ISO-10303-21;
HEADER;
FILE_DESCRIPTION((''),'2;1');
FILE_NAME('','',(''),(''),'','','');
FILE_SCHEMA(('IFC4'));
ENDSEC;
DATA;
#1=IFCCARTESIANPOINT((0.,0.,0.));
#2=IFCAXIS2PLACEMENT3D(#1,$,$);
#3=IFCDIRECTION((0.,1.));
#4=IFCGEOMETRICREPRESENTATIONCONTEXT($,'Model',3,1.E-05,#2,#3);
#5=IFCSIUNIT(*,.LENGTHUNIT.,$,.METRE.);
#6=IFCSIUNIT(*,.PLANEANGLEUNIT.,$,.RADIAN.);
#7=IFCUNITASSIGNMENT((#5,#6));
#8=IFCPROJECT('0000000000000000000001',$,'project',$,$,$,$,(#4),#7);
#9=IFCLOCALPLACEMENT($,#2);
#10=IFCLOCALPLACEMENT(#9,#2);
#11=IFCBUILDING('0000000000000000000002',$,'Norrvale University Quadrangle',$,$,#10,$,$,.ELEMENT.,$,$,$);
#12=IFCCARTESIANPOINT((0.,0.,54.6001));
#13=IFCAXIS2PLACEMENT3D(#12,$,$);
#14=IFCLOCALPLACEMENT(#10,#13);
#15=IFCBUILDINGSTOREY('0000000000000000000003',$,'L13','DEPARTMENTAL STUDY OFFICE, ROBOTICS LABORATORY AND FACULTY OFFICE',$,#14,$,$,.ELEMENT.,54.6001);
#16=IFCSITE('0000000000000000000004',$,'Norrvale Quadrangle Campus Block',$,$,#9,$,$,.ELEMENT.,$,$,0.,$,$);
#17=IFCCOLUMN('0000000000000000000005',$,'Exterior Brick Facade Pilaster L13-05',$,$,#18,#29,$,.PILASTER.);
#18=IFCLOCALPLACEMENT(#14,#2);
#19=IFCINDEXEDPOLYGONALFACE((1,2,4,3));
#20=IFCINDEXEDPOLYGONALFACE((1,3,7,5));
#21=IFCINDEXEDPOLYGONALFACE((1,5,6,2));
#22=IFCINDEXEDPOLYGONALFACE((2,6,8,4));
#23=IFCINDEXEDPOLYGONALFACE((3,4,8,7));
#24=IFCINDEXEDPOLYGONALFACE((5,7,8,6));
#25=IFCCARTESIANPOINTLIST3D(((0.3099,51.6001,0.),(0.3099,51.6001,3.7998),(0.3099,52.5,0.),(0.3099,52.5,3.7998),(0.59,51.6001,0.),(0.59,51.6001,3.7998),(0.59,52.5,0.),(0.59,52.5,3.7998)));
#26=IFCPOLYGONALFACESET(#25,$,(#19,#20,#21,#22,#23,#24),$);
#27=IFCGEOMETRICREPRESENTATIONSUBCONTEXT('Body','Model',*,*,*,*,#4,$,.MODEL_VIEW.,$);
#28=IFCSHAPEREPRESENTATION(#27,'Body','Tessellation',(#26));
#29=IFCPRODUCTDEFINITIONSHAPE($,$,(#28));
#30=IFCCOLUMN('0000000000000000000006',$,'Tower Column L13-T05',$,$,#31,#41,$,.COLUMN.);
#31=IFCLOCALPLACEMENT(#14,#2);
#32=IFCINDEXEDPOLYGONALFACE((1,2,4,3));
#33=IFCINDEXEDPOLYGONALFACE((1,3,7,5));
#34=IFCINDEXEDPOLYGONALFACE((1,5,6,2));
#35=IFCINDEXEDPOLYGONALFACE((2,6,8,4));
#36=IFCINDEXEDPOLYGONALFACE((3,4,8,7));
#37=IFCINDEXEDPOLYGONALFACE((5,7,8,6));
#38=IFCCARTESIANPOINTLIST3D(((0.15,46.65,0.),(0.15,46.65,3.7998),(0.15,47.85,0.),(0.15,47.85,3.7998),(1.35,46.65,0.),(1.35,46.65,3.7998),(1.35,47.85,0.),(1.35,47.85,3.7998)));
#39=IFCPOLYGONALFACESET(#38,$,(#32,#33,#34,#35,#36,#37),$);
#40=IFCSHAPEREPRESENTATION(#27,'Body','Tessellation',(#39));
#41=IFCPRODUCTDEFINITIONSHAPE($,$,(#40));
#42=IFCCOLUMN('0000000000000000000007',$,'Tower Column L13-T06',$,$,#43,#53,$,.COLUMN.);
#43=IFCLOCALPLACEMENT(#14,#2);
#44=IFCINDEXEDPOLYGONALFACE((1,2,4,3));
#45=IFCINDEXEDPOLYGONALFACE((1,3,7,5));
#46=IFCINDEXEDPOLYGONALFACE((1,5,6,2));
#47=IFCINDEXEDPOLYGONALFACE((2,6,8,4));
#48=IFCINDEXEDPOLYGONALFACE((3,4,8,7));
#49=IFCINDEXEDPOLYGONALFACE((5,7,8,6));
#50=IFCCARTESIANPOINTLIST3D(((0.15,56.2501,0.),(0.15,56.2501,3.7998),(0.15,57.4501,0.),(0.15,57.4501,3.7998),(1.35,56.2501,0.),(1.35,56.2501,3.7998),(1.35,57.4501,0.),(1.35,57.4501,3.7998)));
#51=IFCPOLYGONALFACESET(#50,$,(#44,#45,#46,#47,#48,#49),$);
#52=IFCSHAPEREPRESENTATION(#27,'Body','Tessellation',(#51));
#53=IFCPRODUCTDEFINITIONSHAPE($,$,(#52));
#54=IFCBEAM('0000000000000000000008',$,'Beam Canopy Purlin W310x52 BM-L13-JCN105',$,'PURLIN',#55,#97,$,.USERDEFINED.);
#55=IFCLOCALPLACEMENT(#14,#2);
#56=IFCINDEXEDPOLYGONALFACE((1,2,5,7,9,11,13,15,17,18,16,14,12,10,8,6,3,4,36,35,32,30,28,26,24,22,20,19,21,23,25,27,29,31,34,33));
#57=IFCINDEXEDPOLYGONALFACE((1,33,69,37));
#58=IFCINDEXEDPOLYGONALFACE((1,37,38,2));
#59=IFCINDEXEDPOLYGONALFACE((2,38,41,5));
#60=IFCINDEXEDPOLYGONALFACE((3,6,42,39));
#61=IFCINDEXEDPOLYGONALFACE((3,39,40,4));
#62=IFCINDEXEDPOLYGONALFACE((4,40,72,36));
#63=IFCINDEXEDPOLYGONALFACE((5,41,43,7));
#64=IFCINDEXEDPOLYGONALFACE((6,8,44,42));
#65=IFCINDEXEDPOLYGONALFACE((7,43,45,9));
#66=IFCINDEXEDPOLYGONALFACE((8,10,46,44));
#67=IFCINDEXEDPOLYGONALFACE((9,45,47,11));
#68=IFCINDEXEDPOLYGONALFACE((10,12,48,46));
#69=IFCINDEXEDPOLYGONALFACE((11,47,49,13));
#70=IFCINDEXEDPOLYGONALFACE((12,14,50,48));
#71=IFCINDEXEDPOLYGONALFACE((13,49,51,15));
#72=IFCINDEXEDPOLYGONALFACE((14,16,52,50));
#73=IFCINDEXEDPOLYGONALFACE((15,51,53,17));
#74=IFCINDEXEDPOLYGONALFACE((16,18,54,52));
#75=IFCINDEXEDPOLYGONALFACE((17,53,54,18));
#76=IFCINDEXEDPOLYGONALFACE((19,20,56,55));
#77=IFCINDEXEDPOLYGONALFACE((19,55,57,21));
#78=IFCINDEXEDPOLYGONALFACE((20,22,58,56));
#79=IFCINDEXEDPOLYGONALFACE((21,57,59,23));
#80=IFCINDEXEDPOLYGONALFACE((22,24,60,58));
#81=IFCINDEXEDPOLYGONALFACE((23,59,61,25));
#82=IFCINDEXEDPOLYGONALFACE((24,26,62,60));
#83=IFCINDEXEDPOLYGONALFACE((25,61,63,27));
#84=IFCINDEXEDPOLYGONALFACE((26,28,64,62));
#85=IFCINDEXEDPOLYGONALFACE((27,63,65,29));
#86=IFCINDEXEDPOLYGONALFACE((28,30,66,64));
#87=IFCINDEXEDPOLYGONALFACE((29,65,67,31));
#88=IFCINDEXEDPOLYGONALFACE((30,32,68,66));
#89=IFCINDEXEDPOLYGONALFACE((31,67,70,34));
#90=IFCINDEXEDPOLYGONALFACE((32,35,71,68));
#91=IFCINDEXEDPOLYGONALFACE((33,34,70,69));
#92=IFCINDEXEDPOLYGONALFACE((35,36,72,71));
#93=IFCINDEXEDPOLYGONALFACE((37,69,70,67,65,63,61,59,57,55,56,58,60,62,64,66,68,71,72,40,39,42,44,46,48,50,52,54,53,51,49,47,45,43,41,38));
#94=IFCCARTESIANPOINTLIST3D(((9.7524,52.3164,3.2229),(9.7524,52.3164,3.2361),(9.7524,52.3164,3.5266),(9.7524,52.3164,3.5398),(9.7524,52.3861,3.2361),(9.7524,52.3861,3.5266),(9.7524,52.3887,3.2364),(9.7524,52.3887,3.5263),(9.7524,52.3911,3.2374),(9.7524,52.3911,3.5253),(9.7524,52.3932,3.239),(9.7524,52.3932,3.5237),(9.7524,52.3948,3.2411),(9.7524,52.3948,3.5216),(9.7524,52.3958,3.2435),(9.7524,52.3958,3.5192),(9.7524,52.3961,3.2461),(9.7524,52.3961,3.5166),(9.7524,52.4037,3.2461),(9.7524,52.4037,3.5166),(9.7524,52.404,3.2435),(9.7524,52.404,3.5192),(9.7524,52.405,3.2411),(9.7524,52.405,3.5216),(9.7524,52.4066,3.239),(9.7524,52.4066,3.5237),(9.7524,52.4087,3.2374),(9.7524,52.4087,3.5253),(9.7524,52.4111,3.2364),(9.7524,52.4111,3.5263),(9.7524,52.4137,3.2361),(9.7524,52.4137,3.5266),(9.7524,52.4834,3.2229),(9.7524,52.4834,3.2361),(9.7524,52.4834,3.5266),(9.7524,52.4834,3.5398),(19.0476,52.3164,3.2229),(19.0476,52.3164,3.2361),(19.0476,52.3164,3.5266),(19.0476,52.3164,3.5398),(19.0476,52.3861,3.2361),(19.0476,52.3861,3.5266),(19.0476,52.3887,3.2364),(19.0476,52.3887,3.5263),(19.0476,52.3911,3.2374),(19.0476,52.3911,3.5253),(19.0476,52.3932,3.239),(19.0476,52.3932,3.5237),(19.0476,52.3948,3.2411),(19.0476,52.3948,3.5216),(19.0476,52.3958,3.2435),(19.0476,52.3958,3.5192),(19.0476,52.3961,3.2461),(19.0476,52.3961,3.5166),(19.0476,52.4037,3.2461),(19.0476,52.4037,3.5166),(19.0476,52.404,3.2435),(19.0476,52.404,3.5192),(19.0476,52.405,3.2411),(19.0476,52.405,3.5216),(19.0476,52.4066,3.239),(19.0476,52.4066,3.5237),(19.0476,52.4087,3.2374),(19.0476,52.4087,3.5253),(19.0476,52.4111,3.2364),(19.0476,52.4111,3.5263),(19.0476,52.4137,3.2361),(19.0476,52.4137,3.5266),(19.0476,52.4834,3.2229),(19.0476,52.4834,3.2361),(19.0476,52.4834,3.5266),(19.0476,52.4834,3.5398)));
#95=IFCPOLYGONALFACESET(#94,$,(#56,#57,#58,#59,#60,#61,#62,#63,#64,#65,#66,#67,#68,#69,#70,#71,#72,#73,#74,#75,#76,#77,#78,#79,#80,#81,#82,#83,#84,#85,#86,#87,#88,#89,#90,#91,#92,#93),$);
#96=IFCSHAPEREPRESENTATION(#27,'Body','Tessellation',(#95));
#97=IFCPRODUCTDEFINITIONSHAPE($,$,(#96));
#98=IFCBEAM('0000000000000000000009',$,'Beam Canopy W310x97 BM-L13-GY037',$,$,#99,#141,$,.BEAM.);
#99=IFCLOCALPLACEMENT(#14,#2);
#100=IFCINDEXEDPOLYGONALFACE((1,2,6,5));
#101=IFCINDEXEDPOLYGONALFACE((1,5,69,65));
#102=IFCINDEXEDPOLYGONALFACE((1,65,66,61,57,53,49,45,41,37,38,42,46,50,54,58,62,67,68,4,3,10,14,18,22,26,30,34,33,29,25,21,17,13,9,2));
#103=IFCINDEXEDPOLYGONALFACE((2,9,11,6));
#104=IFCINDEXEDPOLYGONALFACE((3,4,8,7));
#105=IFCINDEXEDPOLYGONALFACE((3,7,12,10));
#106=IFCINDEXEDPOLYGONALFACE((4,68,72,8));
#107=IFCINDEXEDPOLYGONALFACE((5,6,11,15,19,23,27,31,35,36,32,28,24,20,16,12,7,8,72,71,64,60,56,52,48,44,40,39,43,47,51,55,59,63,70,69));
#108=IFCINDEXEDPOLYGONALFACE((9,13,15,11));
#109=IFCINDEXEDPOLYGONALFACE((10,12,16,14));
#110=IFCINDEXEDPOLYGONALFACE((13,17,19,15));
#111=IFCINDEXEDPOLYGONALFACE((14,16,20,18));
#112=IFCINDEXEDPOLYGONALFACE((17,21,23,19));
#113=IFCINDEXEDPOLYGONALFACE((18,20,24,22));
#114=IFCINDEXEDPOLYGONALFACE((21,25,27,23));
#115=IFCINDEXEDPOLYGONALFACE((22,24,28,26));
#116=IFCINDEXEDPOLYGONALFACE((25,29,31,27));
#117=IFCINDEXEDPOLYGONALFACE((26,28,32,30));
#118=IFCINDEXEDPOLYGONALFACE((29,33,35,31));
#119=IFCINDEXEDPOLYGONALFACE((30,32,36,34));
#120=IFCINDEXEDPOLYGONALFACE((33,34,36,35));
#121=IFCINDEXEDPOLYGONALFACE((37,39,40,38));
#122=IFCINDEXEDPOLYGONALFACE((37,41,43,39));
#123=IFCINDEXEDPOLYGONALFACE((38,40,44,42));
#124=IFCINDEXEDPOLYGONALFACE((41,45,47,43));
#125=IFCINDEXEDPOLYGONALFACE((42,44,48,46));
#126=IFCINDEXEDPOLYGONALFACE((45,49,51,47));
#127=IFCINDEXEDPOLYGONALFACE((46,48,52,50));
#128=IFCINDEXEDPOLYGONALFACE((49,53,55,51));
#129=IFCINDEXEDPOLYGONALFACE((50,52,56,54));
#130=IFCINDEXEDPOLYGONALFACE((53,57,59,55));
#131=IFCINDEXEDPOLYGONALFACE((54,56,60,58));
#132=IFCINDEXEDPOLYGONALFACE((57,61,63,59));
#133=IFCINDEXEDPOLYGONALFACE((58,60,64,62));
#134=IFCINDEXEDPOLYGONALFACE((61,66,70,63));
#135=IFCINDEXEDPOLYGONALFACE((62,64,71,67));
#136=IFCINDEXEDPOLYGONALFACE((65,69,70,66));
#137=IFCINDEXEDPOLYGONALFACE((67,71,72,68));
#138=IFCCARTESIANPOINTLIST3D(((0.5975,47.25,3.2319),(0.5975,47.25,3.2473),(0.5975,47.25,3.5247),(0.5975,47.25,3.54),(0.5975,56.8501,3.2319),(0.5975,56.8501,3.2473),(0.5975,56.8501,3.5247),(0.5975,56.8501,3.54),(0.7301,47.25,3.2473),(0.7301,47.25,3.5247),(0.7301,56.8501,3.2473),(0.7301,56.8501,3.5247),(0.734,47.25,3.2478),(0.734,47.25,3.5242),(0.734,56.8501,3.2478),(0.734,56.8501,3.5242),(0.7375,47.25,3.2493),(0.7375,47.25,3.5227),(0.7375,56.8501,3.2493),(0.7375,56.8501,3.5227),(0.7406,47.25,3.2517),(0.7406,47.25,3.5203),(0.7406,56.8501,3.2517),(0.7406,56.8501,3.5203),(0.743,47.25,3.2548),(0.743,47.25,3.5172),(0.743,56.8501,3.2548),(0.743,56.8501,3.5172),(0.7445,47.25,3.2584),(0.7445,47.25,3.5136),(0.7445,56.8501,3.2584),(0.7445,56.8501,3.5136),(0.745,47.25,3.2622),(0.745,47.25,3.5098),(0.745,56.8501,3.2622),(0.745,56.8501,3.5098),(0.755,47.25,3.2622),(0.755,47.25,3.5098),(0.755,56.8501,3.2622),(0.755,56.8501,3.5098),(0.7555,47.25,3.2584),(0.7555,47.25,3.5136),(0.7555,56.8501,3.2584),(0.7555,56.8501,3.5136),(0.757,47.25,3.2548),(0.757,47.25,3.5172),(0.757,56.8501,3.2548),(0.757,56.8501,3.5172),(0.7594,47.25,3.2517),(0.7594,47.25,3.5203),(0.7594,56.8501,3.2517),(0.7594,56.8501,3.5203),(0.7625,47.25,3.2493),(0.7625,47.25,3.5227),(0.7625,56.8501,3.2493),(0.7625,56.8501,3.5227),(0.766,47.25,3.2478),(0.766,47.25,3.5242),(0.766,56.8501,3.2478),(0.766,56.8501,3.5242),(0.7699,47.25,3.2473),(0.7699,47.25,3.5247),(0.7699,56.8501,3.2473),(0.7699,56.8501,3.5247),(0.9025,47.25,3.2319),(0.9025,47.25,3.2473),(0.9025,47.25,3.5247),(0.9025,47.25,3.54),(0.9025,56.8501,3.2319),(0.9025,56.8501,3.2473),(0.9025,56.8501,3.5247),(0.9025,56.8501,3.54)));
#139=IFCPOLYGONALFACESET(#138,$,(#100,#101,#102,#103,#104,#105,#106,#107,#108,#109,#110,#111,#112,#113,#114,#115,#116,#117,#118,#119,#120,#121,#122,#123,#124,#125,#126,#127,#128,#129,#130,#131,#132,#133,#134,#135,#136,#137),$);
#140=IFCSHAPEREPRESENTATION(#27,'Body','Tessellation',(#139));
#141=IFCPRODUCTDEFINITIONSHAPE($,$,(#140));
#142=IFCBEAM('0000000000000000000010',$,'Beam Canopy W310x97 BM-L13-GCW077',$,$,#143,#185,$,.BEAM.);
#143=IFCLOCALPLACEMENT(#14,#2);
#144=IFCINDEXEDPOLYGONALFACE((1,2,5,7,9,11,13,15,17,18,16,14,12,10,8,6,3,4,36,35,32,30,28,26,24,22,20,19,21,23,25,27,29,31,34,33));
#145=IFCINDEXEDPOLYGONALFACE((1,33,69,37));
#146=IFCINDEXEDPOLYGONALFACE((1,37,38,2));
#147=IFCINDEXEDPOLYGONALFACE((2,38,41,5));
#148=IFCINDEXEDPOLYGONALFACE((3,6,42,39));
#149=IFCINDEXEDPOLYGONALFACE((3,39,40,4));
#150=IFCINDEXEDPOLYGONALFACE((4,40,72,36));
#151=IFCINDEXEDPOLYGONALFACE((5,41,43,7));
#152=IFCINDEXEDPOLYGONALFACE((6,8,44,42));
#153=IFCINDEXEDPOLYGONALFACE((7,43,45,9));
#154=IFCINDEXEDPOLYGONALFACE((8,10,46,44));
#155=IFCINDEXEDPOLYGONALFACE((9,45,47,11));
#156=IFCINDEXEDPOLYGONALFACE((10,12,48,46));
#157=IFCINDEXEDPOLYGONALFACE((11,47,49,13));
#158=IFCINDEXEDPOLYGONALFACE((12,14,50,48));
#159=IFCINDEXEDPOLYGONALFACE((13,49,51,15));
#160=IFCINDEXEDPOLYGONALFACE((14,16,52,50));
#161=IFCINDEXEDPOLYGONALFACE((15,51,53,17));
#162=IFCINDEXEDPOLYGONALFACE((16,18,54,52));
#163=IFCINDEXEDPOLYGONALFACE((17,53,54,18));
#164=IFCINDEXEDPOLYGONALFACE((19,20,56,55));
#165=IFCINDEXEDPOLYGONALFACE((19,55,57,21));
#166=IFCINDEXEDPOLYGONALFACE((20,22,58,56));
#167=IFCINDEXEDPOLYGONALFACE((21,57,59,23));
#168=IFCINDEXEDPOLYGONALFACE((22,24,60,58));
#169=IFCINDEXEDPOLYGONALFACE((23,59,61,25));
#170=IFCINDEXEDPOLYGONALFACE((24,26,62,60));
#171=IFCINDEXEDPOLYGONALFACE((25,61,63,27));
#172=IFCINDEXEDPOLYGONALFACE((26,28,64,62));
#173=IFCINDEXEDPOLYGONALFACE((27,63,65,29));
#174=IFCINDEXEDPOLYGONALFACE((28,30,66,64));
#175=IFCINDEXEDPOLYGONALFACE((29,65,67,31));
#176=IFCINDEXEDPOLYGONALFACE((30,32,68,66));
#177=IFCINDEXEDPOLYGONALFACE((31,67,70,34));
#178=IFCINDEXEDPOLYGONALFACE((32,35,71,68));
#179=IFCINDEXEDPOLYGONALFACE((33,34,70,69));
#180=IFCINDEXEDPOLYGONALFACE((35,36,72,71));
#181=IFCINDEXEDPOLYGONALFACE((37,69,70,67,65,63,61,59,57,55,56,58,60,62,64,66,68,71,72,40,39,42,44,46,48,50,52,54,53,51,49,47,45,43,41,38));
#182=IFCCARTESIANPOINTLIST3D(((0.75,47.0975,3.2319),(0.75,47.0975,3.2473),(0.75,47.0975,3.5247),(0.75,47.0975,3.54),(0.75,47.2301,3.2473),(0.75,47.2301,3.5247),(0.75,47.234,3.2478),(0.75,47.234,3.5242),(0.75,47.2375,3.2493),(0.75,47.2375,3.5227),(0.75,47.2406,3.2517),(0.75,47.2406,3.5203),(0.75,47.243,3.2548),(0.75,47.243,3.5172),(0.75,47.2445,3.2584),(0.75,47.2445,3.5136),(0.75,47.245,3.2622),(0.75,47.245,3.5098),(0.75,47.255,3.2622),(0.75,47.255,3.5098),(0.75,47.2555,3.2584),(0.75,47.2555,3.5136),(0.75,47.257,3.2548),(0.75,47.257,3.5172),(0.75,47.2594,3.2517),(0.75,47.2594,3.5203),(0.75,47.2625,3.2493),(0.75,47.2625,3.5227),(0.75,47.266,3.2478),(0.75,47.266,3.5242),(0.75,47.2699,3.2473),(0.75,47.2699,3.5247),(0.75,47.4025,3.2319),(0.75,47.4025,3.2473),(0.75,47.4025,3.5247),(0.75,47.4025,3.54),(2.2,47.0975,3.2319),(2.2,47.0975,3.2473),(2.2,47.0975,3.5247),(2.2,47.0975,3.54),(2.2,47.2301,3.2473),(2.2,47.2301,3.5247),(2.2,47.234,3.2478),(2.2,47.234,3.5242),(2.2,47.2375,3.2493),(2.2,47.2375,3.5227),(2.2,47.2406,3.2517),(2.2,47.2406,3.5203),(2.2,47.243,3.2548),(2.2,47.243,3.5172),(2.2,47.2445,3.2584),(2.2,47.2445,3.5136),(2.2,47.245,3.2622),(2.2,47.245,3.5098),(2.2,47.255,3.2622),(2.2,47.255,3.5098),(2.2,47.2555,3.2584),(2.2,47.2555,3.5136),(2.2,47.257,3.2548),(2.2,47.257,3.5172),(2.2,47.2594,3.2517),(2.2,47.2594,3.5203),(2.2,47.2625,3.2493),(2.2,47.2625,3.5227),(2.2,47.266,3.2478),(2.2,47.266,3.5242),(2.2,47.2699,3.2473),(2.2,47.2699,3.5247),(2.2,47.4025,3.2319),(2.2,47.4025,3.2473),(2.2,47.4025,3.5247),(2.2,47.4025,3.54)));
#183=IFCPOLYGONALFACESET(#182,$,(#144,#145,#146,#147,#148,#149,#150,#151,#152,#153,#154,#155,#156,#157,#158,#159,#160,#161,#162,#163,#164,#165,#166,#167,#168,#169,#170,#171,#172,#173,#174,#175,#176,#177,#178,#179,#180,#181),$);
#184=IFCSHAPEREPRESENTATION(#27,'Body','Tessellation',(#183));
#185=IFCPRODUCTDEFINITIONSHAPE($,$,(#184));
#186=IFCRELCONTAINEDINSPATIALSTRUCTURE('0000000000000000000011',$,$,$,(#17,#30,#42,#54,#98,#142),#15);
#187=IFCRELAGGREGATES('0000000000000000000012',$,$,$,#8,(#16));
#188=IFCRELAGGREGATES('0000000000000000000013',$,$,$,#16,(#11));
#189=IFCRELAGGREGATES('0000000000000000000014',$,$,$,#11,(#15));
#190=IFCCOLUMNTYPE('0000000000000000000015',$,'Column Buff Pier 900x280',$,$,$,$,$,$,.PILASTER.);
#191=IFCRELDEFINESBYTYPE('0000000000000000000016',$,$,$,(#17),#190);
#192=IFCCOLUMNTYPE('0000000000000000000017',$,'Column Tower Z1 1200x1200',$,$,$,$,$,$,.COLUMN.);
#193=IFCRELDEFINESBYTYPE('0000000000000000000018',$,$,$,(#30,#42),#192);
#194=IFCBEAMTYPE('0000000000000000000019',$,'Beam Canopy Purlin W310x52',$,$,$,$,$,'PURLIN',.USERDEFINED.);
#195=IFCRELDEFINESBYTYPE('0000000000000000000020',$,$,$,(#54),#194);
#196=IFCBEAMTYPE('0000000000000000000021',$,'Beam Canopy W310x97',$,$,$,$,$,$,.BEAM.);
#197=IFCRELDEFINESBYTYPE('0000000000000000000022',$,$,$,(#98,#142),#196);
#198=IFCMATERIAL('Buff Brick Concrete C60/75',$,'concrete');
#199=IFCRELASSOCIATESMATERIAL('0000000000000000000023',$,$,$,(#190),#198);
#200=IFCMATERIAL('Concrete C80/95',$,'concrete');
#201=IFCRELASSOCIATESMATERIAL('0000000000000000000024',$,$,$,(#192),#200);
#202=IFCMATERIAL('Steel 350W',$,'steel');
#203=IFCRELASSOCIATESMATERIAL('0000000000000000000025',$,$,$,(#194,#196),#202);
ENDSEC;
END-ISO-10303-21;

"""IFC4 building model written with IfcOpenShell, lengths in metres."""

from ifc_helpers import new_model, si_unit, direction, frame, origin, origin_2d, place, context, subcontext, project, spatial, rectangle, i_section, extrude, material, material_profile, profile_set, type_object, element, save


model = new_model("IFC4")

# Units and contexts
model_context = context("Model", 3, precision=1e-05, world=origin(), true_north=direction((0.0, 1.0)))
body_context = subcontext(model_context, "Body", "Model", "MODEL_VIEW")
ifc_project = project(units=[si_unit("LENGTHUNIT", "METRE"), si_unit("PLANEANGLEUNIT", "RADIAN")], contexts=[model_context])

# Site, building, storey
site_placement = place(None, origin())
site = spatial("IfcSite", under=ifc_project, at=site_placement, Name="Norrvale Quadrangle Campus Block", CompositionType="ELEMENT", RefElevation=0.0)
building_placement = place(site_placement, origin())
building = spatial("IfcBuilding", under=site, at=building_placement, Name="Norrvale University Quadrangle", CompositionType="ELEMENT")
storey_placement = place(building_placement, frame((0.0, 0.0, 54.6001)))
storey = spatial("IfcBuildingStorey", under=building, at=storey_placement, Name="L13", Description="DEPARTMENTAL STUDY OFFICE, ROBOTICS LABORATORY AND FACULTY OFFICE", CompositionType="ELEMENT", Elevation=54.6001)

# Columns
ifc_material_1 = material(Name="Buff Brick Concrete C60/75", Category="concrete")
ifc_material_profile_1 = material_profile(ifc_material_1, rectangle(XDim=0.8999, YDim=0.28, at=origin_2d()), Name="Buff Brick Concrete C60/75")
ifc_profile_set_1 = profile_set([ifc_material_profile_1], Name="Buff Brick Concrete C60/75")
column_type_1 = type_object("IfcColumnType", Name="Column Buff Pier 900x280", PredefinedType="PILASTER", material=ifc_profile_set_1)
column_placement = place(storey_placement, frame((0.45, 52.05, 0.0), z_axis=(0.0, 0.0, 1.0), x_axis=(0.0, 1.0, 0.0)))
element("IfcColumn", 1, at=column_placement, inside=storey, type_object=column_type_1, Name="Exterior Brick Facade Pilaster L13-05", PredefinedType="PILASTER", context=body_context, shape_type="SweptSolid", body=[
    extrude(rectangle(XDim=0.8999, YDim=0.28, at=origin_2d()), origin(), (0.0, 0.0, 1.0), 3.7998),
])
ifc_material_2 = material(Name="Concrete C80/95", Category="concrete")
ifc_material_profile_2 = material_profile(ifc_material_2, rectangle(XDim=1.2, YDim=1.2, at=origin_2d()), Name="Concrete C80/95")
ifc_profile_set_2 = profile_set([ifc_material_profile_2], Name="Concrete C80/95")
column_type_2 = type_object("IfcColumnType", Name="Column Tower Z1 1200x1200", PredefinedType="COLUMN", material=ifc_profile_set_2)
for number, where, z_axis, x_axis, name in (
    (2, (0.75, 47.25, 0.0), (0.0, 0.0, 1.0), (1.0, 0.0, 0.0), "Tower Column L13-T05"),
    (3, (0.75, 56.8501, 0.0), (0.0, 0.0, 1.0), (1.0, 0.0, 0.0), "Tower Column L13-T06"),
):
    element("IfcColumn", number, at=place(storey_placement, frame(where, z_axis=z_axis, x_axis=x_axis)), inside=storey, type_object=column_type_2, Name=name, PredefinedType="COLUMN", context=body_context, shape_type="SweptSolid", body=[
        extrude(rectangle(XDim=1.2, YDim=1.2, at=origin_2d()), origin(), (0.0, 0.0, 1.0), 3.7998),
    ])

# Beams
ifc_material_3 = material(Name="Steel 350W", Category="steel")
ifc_material_profile_3 = material_profile(ifc_material_3, i_section(OverallWidth=0.167, OverallDepth=0.3169, WebThickness=0.0076, FlangeThickness=0.0132, FilletRadius=0.01, at=origin_2d()), Name="Steel 350W")
ifc_profile_set_3 = profile_set([ifc_material_profile_3], Name="Steel 350W")
beam_type_1 = type_object("IfcBeamType", Name="Beam Canopy Purlin W310x52", ElementType="PURLIN", PredefinedType="USERDEFINED", material=ifc_profile_set_3)
beam_1_placement = place(storey_placement, frame((9.7524, 52.3999, 3.3813), z_axis=(1.0, 0.0, 0.0), x_axis=(0.0, 1.0, 0.0)))
element("IfcBeam", 4, at=beam_1_placement, inside=storey, type_object=beam_type_1, Name="Beam Canopy Purlin W310x52 BM-L13-JCN105", ObjectType="PURLIN", PredefinedType="USERDEFINED", context=body_context, shape_type="SweptSolid", body=[
    extrude(i_section(OverallWidth=0.167, OverallDepth=0.3169, WebThickness=0.0076, FlangeThickness=0.0132, FilletRadius=0.01, at=origin_2d()), origin(), (0.0, 0.0, 1.0), 9.2952),
])
ifc_material_profile_4 = material_profile(ifc_material_3, i_section(OverallWidth=0.3049, OverallDepth=0.3081, WebThickness=0.01, FlangeThickness=0.0154, FilletRadius=0.0149, at=origin_2d()), Name="Steel 350W")
ifc_profile_set_4 = profile_set([ifc_material_profile_4], Name="Steel 350W")
beam_type_2 = type_object("IfcBeamType", Name="Beam Canopy W310x97", PredefinedType="BEAM", material=ifc_profile_set_4)
beam_2_placement = place(storey_placement, frame((0.75, 47.25, 3.386), z_axis=(0.0, 1.0, 0.0), x_axis=(-1.0, 0.0, 0.0)))
element("IfcBeam", 5, at=beam_2_placement, inside=storey, type_object=beam_type_2, Name="Beam Canopy W310x97 BM-L13-GY037", PredefinedType="BEAM", context=body_context, shape_type="SweptSolid", body=[
    extrude(i_section(OverallWidth=0.3049, OverallDepth=0.3081, WebThickness=0.01, FlangeThickness=0.0154, FilletRadius=0.0149, at=origin_2d()), origin(), (0.0, 0.0, 1.0), 9.6001),
])
beam_3_placement = place(storey_placement, frame((0.75, 47.25, 3.386), z_axis=(1.0, 0.0, 0.0), x_axis=(0.0, 1.0, 0.0)))
element("IfcBeam", 6, at=beam_3_placement, inside=storey, type_object=beam_type_2, Name="Beam Canopy W310x97 BM-L13-GCW077", PredefinedType="BEAM", context=body_context, shape_type="SweptSolid", body=[
    extrude(i_section(OverallWidth=0.3049, OverallDepth=0.3081, WebThickness=0.01, FlangeThickness=0.0154, FilletRadius=0.0149, at=origin_2d()), origin(), (0.0, 0.0, 1.0), 1.45),
])

save(model, "model.ifc")
